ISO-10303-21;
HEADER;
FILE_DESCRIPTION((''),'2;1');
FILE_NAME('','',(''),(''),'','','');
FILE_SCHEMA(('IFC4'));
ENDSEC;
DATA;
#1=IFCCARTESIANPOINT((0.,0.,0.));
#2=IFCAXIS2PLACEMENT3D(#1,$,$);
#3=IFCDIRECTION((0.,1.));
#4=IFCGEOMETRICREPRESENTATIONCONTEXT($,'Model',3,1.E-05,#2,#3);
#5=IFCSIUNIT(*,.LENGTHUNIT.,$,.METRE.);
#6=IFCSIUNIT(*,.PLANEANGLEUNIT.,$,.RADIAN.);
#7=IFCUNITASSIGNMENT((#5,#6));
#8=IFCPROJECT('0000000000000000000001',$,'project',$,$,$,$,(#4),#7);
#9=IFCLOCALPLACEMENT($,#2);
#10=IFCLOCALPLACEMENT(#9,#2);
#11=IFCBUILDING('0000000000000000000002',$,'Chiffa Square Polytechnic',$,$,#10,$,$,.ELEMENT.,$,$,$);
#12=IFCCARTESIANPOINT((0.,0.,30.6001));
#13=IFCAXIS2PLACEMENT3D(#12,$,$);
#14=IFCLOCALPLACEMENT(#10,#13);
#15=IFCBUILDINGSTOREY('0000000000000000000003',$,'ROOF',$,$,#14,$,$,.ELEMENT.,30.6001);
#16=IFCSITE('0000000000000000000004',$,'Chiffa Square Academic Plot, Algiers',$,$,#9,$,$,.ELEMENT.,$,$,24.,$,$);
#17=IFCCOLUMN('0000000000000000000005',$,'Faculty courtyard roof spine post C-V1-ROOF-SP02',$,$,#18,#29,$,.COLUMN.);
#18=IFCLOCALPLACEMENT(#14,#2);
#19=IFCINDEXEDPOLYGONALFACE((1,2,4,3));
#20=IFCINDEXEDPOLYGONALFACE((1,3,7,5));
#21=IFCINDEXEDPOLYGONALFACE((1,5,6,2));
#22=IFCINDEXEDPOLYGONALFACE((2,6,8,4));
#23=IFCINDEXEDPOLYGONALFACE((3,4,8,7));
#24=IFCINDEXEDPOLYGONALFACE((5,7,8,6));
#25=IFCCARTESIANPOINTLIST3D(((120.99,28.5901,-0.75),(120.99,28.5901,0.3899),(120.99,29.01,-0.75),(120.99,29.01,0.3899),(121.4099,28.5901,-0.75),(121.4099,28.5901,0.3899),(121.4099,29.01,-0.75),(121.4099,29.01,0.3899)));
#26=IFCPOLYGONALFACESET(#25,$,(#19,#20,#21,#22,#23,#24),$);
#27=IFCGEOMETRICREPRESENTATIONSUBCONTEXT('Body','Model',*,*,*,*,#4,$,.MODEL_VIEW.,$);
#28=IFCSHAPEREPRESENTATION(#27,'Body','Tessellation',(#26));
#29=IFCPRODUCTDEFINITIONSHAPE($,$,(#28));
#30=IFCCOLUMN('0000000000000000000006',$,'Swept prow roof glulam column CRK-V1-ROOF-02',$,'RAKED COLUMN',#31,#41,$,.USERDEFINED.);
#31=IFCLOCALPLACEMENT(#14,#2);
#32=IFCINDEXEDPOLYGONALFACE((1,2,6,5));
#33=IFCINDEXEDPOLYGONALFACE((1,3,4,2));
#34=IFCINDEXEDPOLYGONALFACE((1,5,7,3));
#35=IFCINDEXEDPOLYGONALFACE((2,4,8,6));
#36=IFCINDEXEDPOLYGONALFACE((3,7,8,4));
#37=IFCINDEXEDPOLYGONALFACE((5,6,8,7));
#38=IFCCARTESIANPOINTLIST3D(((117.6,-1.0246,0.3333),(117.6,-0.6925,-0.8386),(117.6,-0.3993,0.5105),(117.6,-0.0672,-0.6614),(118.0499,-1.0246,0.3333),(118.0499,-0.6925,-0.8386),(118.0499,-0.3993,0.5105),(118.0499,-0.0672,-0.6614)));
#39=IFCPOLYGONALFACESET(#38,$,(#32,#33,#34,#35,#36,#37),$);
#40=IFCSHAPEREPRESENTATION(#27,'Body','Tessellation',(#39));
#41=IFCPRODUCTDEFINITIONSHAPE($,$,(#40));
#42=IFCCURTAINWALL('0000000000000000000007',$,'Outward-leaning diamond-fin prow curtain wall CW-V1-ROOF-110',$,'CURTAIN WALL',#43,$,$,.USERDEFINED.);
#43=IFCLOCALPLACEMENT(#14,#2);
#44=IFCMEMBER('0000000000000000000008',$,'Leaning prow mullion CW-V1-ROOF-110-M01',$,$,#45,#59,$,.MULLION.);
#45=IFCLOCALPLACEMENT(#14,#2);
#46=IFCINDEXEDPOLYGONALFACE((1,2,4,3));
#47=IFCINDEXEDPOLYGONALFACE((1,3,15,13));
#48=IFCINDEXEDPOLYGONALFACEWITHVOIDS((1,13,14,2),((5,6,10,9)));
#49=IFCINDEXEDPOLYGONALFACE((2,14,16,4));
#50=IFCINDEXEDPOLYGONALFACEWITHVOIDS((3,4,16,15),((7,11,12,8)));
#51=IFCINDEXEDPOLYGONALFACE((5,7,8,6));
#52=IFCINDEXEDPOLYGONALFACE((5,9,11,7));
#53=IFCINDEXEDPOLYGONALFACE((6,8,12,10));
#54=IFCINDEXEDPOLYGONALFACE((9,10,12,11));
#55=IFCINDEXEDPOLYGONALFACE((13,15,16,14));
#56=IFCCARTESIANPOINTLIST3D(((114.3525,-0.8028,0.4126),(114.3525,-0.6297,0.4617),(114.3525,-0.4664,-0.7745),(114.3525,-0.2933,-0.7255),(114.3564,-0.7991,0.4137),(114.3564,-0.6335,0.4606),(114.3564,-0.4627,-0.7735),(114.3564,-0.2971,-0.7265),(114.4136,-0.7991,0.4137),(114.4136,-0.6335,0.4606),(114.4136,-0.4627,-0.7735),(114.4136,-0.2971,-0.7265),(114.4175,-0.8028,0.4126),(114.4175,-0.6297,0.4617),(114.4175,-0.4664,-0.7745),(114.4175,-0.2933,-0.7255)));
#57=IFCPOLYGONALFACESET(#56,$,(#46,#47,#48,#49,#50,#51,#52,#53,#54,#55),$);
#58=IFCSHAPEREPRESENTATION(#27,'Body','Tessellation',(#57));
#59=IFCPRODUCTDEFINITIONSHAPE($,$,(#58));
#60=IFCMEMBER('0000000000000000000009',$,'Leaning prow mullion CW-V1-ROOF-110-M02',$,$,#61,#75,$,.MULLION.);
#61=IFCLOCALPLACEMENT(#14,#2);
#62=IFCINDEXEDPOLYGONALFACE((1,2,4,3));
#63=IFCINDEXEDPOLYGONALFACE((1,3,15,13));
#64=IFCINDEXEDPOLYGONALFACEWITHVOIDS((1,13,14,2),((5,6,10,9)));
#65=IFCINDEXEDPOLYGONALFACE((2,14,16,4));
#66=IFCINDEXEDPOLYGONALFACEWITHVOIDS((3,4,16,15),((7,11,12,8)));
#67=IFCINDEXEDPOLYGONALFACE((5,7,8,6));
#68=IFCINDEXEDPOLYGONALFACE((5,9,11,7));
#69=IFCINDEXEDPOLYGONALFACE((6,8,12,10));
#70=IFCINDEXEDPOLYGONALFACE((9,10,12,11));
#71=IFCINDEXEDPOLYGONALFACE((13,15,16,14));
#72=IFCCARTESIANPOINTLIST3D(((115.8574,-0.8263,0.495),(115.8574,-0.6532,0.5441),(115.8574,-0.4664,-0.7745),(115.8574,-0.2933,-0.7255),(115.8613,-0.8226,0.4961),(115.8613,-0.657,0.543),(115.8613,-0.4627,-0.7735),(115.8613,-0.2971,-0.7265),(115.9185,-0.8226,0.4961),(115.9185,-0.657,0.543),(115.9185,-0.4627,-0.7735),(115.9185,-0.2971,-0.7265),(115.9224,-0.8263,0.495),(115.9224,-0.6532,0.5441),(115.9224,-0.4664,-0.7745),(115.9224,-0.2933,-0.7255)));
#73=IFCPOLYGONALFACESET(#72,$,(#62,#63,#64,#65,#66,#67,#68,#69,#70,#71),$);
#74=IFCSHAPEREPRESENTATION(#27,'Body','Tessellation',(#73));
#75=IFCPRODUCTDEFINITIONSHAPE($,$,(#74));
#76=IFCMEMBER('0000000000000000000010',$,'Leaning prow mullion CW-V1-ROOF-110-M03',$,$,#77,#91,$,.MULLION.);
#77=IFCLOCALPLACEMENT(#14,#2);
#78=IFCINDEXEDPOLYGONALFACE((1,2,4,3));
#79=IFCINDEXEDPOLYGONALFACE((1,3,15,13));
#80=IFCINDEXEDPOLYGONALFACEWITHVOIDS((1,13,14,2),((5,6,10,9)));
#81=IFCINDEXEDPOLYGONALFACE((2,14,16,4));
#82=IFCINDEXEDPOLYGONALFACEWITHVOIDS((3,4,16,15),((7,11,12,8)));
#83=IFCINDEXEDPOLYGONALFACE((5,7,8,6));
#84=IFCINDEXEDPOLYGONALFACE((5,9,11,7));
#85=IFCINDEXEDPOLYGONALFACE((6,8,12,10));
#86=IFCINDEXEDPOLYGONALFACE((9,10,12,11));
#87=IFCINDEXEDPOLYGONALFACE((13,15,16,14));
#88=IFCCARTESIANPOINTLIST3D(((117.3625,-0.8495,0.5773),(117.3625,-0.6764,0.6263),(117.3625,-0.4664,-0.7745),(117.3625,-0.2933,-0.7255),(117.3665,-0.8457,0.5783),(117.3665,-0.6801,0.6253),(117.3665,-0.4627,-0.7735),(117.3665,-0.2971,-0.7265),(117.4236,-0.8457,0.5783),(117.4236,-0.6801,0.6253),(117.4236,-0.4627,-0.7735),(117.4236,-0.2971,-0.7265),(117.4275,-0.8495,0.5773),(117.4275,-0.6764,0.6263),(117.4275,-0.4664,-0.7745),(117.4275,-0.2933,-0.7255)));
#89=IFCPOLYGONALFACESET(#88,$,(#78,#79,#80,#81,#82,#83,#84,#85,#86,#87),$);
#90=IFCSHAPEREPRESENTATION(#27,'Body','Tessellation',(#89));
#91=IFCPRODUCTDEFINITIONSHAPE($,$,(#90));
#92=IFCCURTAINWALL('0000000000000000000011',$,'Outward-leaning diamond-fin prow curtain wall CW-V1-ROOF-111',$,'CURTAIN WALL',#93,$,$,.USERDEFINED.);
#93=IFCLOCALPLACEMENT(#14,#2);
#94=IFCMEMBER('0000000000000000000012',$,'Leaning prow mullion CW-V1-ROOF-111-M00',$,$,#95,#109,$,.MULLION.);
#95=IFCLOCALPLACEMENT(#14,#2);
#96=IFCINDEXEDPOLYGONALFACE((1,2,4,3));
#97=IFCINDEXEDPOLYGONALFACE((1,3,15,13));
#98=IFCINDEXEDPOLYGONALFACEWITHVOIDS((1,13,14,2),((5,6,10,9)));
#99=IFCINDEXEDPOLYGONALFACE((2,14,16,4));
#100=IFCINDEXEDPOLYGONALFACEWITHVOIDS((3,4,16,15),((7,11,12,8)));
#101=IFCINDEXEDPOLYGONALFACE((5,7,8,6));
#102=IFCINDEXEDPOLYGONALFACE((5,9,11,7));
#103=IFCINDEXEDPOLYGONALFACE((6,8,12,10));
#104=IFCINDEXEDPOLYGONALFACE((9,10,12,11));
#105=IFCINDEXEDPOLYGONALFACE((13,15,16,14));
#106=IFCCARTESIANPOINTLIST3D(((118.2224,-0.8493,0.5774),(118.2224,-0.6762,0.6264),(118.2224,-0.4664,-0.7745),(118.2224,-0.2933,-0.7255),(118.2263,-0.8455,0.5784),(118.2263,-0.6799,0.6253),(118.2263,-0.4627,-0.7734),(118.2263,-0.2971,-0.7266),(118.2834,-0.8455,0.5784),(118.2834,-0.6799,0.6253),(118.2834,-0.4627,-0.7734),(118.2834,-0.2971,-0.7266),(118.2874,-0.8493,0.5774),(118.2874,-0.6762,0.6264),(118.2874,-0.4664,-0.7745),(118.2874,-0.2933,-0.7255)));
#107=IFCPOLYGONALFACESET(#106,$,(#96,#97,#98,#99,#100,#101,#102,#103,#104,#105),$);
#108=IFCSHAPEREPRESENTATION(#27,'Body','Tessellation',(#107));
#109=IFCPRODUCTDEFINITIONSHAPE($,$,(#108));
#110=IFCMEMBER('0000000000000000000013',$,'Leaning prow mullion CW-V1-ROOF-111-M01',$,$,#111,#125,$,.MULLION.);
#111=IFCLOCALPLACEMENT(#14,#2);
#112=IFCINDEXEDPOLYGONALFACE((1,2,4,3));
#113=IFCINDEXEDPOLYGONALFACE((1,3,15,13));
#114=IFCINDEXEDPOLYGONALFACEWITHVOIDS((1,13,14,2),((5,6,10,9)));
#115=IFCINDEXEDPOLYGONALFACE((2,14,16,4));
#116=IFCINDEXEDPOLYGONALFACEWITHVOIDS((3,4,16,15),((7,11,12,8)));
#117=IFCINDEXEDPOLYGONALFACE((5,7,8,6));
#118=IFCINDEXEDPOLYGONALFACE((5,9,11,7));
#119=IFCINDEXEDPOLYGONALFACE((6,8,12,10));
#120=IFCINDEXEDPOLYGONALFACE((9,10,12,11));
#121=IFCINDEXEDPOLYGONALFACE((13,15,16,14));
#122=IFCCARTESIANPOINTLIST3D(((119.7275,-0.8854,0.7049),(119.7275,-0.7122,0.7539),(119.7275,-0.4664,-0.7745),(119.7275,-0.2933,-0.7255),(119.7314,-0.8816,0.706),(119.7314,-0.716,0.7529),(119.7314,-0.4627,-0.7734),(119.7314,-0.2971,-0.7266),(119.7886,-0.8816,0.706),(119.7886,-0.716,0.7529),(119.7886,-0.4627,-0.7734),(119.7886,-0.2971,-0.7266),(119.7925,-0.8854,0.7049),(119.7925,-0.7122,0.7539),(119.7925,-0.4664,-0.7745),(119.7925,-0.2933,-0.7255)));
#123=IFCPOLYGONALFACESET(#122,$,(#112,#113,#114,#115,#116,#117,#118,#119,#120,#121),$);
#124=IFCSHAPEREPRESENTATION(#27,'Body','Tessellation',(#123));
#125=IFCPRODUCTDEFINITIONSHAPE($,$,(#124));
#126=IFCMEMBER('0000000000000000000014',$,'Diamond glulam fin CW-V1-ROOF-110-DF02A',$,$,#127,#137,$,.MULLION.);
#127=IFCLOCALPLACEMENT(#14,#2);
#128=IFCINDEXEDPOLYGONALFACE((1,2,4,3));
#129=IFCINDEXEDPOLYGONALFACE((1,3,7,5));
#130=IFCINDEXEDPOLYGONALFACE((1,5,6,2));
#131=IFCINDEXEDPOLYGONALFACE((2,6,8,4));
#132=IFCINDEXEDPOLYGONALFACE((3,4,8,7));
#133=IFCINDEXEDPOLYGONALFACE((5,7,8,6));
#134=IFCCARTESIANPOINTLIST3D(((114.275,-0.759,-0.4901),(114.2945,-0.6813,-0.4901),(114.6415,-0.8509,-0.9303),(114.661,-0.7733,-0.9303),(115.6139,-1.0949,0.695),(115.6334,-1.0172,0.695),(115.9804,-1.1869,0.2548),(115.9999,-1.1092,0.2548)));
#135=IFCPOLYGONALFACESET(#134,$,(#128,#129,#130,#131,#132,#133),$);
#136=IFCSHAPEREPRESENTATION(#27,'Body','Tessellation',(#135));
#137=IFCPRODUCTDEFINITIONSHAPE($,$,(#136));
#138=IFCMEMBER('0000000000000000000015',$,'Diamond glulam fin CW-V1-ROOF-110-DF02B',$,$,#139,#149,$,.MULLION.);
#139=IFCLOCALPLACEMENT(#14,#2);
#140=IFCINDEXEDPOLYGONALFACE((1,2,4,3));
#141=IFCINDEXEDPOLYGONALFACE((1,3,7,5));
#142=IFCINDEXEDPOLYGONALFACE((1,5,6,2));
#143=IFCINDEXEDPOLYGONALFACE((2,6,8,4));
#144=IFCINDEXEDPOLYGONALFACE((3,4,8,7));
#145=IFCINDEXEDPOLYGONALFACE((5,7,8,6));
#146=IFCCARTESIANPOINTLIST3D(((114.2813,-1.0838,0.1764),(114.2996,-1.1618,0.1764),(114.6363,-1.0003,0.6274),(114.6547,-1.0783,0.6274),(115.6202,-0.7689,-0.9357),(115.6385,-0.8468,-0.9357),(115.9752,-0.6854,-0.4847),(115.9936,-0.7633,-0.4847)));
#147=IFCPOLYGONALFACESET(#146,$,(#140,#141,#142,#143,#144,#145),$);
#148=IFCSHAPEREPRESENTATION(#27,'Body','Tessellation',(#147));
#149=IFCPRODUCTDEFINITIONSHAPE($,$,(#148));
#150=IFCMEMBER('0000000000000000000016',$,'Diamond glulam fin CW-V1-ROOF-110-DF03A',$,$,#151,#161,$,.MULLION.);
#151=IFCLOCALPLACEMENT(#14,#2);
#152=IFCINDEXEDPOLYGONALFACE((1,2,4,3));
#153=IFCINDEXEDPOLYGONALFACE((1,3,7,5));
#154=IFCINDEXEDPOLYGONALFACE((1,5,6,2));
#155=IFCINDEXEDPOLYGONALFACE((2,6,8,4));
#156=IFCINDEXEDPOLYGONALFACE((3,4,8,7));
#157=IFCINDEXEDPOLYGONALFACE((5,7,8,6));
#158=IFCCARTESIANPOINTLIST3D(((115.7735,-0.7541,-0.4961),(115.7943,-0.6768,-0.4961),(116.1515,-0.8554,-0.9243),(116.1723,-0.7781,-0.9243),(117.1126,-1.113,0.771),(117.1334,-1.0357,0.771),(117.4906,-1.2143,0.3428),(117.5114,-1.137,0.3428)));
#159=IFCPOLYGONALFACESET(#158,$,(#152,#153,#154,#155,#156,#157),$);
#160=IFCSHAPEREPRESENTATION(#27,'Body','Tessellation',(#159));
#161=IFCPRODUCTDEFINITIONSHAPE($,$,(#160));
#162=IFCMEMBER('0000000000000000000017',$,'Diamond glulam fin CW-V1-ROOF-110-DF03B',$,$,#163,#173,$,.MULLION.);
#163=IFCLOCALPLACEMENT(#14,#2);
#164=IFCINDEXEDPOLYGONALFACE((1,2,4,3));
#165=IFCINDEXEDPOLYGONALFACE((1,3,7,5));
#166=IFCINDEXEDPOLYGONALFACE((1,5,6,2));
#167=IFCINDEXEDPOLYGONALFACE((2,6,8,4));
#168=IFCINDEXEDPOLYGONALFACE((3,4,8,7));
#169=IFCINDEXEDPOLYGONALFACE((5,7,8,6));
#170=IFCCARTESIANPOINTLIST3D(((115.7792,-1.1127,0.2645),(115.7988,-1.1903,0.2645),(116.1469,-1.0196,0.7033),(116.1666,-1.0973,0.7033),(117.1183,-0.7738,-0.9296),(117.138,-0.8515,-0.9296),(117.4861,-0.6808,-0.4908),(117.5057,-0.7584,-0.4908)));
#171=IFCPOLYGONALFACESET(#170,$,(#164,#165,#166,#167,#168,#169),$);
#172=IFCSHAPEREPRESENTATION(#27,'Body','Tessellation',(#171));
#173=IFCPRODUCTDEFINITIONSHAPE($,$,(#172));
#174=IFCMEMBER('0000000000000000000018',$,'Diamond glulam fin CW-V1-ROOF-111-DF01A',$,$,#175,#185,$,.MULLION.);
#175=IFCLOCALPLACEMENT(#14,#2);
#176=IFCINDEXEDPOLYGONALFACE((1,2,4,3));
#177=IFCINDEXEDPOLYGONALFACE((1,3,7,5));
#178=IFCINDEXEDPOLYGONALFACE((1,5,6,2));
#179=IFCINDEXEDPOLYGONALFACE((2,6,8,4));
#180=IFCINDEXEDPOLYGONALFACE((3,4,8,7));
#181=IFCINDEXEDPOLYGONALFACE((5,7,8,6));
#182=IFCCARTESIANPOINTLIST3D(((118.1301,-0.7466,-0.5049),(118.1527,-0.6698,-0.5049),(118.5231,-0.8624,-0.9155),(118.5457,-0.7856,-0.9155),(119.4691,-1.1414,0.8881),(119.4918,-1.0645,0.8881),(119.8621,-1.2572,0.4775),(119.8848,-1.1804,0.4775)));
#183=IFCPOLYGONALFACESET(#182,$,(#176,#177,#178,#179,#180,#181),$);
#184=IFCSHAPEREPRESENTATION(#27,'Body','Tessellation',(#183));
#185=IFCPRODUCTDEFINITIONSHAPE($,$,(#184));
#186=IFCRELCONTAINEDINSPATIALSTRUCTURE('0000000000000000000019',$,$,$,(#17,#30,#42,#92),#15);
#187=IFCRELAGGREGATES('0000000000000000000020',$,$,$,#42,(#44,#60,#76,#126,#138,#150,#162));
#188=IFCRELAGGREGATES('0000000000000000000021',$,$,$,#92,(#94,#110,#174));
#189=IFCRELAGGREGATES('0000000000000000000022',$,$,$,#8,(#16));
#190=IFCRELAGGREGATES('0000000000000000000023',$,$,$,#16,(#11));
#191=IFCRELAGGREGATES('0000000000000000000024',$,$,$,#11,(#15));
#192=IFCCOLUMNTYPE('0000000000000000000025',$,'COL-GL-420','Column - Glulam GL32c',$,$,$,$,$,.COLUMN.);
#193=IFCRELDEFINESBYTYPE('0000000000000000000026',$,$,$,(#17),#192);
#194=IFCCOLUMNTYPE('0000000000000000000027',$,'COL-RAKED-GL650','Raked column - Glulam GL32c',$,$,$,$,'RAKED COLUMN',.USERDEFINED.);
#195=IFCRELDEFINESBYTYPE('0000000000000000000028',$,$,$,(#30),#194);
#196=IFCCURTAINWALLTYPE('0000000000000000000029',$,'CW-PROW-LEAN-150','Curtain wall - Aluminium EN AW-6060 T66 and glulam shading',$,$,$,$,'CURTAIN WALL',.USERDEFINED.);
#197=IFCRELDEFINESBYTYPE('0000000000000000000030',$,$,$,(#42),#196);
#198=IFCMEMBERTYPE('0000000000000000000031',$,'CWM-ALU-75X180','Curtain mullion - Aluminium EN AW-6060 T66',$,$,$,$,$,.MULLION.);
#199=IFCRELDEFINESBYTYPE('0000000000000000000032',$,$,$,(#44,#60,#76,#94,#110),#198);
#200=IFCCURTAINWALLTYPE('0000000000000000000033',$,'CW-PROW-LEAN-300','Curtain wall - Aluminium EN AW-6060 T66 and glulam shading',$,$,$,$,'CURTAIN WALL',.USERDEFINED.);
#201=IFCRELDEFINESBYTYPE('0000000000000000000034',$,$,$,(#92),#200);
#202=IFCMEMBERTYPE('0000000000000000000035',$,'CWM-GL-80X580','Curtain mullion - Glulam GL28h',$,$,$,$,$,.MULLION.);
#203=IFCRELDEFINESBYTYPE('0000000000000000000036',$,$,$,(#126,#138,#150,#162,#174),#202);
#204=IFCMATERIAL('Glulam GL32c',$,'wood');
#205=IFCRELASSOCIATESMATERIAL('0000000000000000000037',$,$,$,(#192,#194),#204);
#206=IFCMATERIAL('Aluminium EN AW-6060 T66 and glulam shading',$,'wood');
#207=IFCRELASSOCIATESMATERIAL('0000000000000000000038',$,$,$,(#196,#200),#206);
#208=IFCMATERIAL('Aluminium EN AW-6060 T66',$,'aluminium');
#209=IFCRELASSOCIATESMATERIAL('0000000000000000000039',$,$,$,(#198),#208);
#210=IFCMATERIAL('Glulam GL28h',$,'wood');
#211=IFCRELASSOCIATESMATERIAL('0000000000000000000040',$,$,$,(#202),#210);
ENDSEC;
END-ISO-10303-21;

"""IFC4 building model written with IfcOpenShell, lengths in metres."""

from ifc_helpers import new_model, si_unit, direction, frame, origin, origin_2d, place, context, subcontext, project, spatial, rectangle, hollow_rectangle, extrude, material, material_profile, profile_set, type_object, element, aggregate, save


model = new_model("IFC4")

# Units and contexts
model_context = context("Model", 3, precision=1e-05, world=origin(), true_north=direction((0.0, 1.0)))
body_context = subcontext(model_context, "Body", "Model", "MODEL_VIEW")
ifc_project = project(units=[si_unit("LENGTHUNIT", "METRE"), si_unit("PLANEANGLEUNIT", "RADIAN")], contexts=[model_context])

# Site, building, storey
site_placement = place(None, origin())
site = spatial("IfcSite", under=ifc_project, at=site_placement, Name="Chiffa Square Academic Plot, Algiers", CompositionType="ELEMENT", RefElevation=24.0)
building_placement = place(site_placement, origin())
building = spatial("IfcBuilding", under=site, at=building_placement, Name="Chiffa Square Polytechnic", CompositionType="ELEMENT")
storey_placement = place(building_placement, frame((0.0, 0.0, 30.6001)))
storey = spatial("IfcBuildingStorey", under=building, at=storey_placement, Name="ROOF", CompositionType="ELEMENT", Elevation=30.6001)

# Columns
ifc_material_1 = material(Name="Glulam GL32c", Category="wood")
ifc_material_profile_1 = material_profile(ifc_material_1, rectangle(XDim=0.4199, YDim=0.4199, at=origin_2d()), Name="GL32c 420x420")
ifc_profile_set_1 = profile_set([ifc_material_profile_1], Name="Glulam GL32c")
column_type_1 = type_object("IfcColumnType", Name="COL-GL-420", Description="Column - Glulam GL32c", PredefinedType="COLUMN", material=ifc_profile_set_1)
column_1_placement = place(storey_placement, frame((121.2, 28.8, -0.75), z_axis=(0.0, 0.0, 1.0), x_axis=(1.0, 0.0, 0.0)))
element("IfcColumn", 1, at=column_1_placement, inside=storey, type_object=column_type_1, Name="Faculty courtyard roof spine post C-V1-ROOF-SP02", PredefinedType="COLUMN", context=body_context, shape_type="SweptSolid", body=[
    extrude(rectangle(XDim=0.4199, YDim=0.4199, at=origin_2d()), origin(), (0.0, 0.0, 1.0), 1.1399),
])
ifc_material_profile_2 = material_profile(ifc_material_1, rectangle(XDim=0.45, YDim=0.6499, at=origin_2d()), Name="GL32c 450x650")
ifc_profile_set_2 = profile_set([ifc_material_profile_2], Name="Glulam GL32c")
column_type_2 = type_object("IfcColumnType", Name="COL-RAKED-GL650", Description="Raked column - Glulam GL32c", ElementType="RAKED COLUMN", PredefinedType="USERDEFINED", material=ifc_profile_set_2)
column_2_placement = place(storey_placement, frame((117.825, -0.3799, -0.75), z_axis=(0.0, -0.272603, 0.962127), x_axis=(1.0, 0.0, 0.0)))
element("IfcColumn", 2, at=column_2_placement, inside=storey, type_object=column_type_2, Name="Swept prow roof glulam column CRK-V1-ROOF-02", ObjectType="RAKED COLUMN", PredefinedType="USERDEFINED", context=body_context, shape_type="SweptSolid", body=[
    extrude(rectangle(XDim=0.45, YDim=0.6499, at=origin_2d()), origin(), (0.0, 0.0, 1.0), 1.218),
])

# Curtain walls, members
ifc_material_2 = material(Name="Aluminium EN AW-6060 T66 and glulam shading", Category="wood")
curtain_wall_type_1 = type_object("IfcCurtainWallType", Name="CW-PROW-LEAN-150", Description="Curtain wall - Aluminium EN AW-6060 T66 and glulam shading", ElementType="CURTAIN WALL", PredefinedType="USERDEFINED", material=ifc_material_2)
curtain_wall_1_placement = place(storey_placement, origin())
curtain_wall_1 = element("IfcCurtainWall", 3, at=curtain_wall_1_placement, inside=storey, type_object=curtain_wall_type_1, Name="Outward-leaning diamond-fin prow curtain wall CW-V1-ROOF-110", ObjectType="CURTAIN WALL", PredefinedType="USERDEFINED")
ifc_material_3 = material(Name="Aluminium EN AW-6060 T66", Category="aluminium")
ifc_material_profile_3 = material_profile(ifc_material_3, hollow_rectangle(XDim=0.0649, YDim=0.1799, WallThickness=0.0039, at=origin_2d()), Name="ALU 65x180x4")
ifc_profile_set_3 = profile_set([ifc_material_profile_3], Name="Aluminium EN AW-6060 T66")
member_type_1 = type_object("IfcMemberType", Name="CWM-ALU-75X180", Description="Curtain mullion - Aluminium EN AW-6060 T66", PredefinedType="MULLION", material=ifc_profile_set_3)
member_1_placement = place(storey_placement, frame((114.385, -0.3799, -0.75), z_axis=(0.0, -0.27263, 0.962119), x_axis=(1.0, 0.0, 0.0)))
member_1 = element("IfcMember", 4, at=member_1_placement, type_object=member_type_1, Name="Leaning prow mullion CW-V1-ROOF-110-M01", PredefinedType="MULLION", context=body_context, shape_type="SweptSolid", body=[
    extrude(hollow_rectangle(XDim=0.0649, YDim=0.1799, WallThickness=0.0039, at=origin_2d()), origin(), (0.0, 0.0, 1.0), 1.2339),
])
member_2_placement = place(storey_placement, frame((115.8899, -0.3799, -0.75), z_axis=(0.0, -0.272717, 0.962094), x_axis=(1.0, 0.0, 0.0)))
member_2 = element("IfcMember", 5, at=member_2_placement, type_object=member_type_1, Name="Leaning prow mullion CW-V1-ROOF-110-M02", PredefinedType="MULLION", context=body_context, shape_type="SweptSolid", body=[
    extrude(hollow_rectangle(XDim=0.0649, YDim=0.1799, WallThickness=0.0039, at=origin_2d()), origin(), (0.0, 0.0, 1.0), 1.3196),
])
member_3_placement = place(storey_placement, frame((117.395, -0.3799, -0.75), z_axis=(0.0, -0.272632, 0.962118), x_axis=(1.0, 0.0, 0.0)))
member_3 = element("IfcMember", 6, at=member_3_placement, type_object=member_type_1, Name="Leaning prow mullion CW-V1-ROOF-110-M03", PredefinedType="MULLION", context=body_context, shape_type="SweptSolid", body=[
    extrude(hollow_rectangle(XDim=0.0649, YDim=0.1799, WallThickness=0.0039, at=origin_2d()), origin(), (0.0, 0.0, 1.0), 1.405),
])
curtain_wall_type_2 = type_object("IfcCurtainWallType", Name="CW-PROW-LEAN-300", Description="Curtain wall - Aluminium EN AW-6060 T66 and glulam shading", ElementType="CURTAIN WALL", PredefinedType="USERDEFINED", material=ifc_material_2)
curtain_wall_2_placement = place(storey_placement, origin())
curtain_wall_2 = element("IfcCurtainWall", 7, at=curtain_wall_2_placement, inside=storey, type_object=curtain_wall_type_2, Name="Outward-leaning diamond-fin prow curtain wall CW-V1-ROOF-111", ObjectType="CURTAIN WALL", PredefinedType="USERDEFINED")
member_4_placement = place(storey_placement, frame((118.2549, -0.3799, -0.75), z_axis=(0.0, -0.272471, 0.962164), x_axis=(1.0, 0.0, 0.0)))
member_4 = element("IfcMember", 8, at=member_4_placement, type_object=member_type_1, Name="Leaning prow mullion CW-V1-ROOF-111-M00", PredefinedType="MULLION", context=body_context, shape_type="SweptSolid", body=[
    extrude(hollow_rectangle(XDim=0.0649, YDim=0.1799, WallThickness=0.0039, at=origin_2d()), origin(), (0.0, 0.0, 1.0), 1.405),
])
member_5_placement = place(storey_placement, frame((119.76, -0.3799, -0.75), z_axis=(0.0, -0.272456, 0.962168), x_axis=(1.0, 0.0, 0.0)))
member_5 = element("IfcMember", 9, at=member_5_placement, type_object=member_type_1, Name="Leaning prow mullion CW-V1-ROOF-111-M01", PredefinedType="MULLION", context=body_context, shape_type="SweptSolid", body=[
    extrude(hollow_rectangle(XDim=0.0649, YDim=0.1799, WallThickness=0.0039, at=origin_2d()), origin(), (0.0, 0.0, 1.0), 1.5376),
])

# Members
ifc_material_4 = material(Name="Glulam GL28h", Category="wood")
ifc_material_profile_4 = material_profile(ifc_material_4, rectangle(XDim=0.0801, YDim=0.5801, at=origin_2d()), Name="GL28h 80x580")
ifc_profile_set_4 = profile_set([ifc_material_profile_4], Name="Glulam GL28h")
member_type_2 = type_object("IfcMemberType", Name="CWM-GL-80X580", Description="Curtain mullion - Glulam GL28h", PredefinedType="MULLION", material=ifc_profile_set_4)
member_6_placement = place(storey_placement, frame((114.468, -0.7661, -0.7102), z_axis=(0.735932, -0.184654, 0.651388), x_axis=(0.243368, 0.969934, 0.0)))
member_6 = element("IfcMember", 10, at=member_6_placement, type_object=member_type_2, Name="Diamond glulam fin CW-V1-ROOF-110-DF02A", PredefinedType="MULLION", context=body_context, shape_type="SweptSolid", body=[
    extrude(rectangle(XDim=0.0801, YDim=0.5801, at=origin_2d()), origin(), (0.0, 0.0, 1.0), 1.8193),
])
member_7_placement = place(storey_placement, frame((115.8069, -0.7661, -0.7102), z_axis=(-0.756962, -0.17806, 0.628731), x_axis=(0.22898, -0.973431, 0.0)))
member_7 = element("IfcMember", 11, at=member_7_placement, type_object=member_type_2, Name="Diamond glulam fin CW-V1-ROOF-110-DF02B", PredefinedType="MULLION", context=body_context, shape_type="SweptSolid", body=[
    extrude(rectangle(XDim=0.0801, YDim=0.5801, at=origin_2d()), origin(), (0.0, 0.0, 1.0), 1.7688),
])
member_8_placement = place(storey_placement, frame((115.9729, -0.7661, -0.7102), z_axis=(0.712986, -0.191083, 0.674639), x_axis=(0.258868, 0.965913, 0.0)))
member_8 = element("IfcMember", 12, at=member_8_placement, type_object=member_type_2, Name="Diamond glulam fin CW-V1-ROOF-110-DF03A", PredefinedType="MULLION", context=body_context, shape_type="SweptSolid", body=[
    extrude(rectangle(XDim=0.0801, YDim=0.5801, at=origin_2d()), origin(), (0.0, 0.0, 1.0), 1.8782),
])
member_9_placement = place(storey_placement, frame((117.312, -0.7661, -0.7102), z_axis=(-0.733399, -0.185589, 0.653975), x_axis=(0.245321, -0.969442, 0.0)))
member_9 = element("IfcMember", 13, at=member_9_placement, type_object=member_type_2, Name="Diamond glulam fin CW-V1-ROOF-110-DF03B", PredefinedType="MULLION", context=body_context, shape_type="SweptSolid", body=[
    extrude(rectangle(XDim=0.0801, YDim=0.5801, at=origin_2d()), origin(), (0.0, 0.0, 1.0), 1.8259),
])
member_10_placement = place(storey_placement, frame((118.3379, -0.7661, -0.7102), z_axis=(0.678983, -0.200167, 0.70634), x_axis=(0.282772, 0.959187, 0.0)))
member_10 = element("IfcMember", 14, at=member_10_placement, type_object=member_type_2, Name="Diamond glulam fin CW-V1-ROOF-111-DF01A", PredefinedType="MULLION", context=body_context, shape_type="SweptSolid", body=[
    extrude(rectangle(XDim=0.0801, YDim=0.5801, at=origin_2d()), origin(), (0.0, 0.0, 1.0), 1.9722),
])

aggregate(curtain_wall_1, [member_1, member_2, member_3, member_6, member_7, member_8, member_9])
aggregate(curtain_wall_2, [member_4, member_5, member_10])

save(model, "model.ifc")
